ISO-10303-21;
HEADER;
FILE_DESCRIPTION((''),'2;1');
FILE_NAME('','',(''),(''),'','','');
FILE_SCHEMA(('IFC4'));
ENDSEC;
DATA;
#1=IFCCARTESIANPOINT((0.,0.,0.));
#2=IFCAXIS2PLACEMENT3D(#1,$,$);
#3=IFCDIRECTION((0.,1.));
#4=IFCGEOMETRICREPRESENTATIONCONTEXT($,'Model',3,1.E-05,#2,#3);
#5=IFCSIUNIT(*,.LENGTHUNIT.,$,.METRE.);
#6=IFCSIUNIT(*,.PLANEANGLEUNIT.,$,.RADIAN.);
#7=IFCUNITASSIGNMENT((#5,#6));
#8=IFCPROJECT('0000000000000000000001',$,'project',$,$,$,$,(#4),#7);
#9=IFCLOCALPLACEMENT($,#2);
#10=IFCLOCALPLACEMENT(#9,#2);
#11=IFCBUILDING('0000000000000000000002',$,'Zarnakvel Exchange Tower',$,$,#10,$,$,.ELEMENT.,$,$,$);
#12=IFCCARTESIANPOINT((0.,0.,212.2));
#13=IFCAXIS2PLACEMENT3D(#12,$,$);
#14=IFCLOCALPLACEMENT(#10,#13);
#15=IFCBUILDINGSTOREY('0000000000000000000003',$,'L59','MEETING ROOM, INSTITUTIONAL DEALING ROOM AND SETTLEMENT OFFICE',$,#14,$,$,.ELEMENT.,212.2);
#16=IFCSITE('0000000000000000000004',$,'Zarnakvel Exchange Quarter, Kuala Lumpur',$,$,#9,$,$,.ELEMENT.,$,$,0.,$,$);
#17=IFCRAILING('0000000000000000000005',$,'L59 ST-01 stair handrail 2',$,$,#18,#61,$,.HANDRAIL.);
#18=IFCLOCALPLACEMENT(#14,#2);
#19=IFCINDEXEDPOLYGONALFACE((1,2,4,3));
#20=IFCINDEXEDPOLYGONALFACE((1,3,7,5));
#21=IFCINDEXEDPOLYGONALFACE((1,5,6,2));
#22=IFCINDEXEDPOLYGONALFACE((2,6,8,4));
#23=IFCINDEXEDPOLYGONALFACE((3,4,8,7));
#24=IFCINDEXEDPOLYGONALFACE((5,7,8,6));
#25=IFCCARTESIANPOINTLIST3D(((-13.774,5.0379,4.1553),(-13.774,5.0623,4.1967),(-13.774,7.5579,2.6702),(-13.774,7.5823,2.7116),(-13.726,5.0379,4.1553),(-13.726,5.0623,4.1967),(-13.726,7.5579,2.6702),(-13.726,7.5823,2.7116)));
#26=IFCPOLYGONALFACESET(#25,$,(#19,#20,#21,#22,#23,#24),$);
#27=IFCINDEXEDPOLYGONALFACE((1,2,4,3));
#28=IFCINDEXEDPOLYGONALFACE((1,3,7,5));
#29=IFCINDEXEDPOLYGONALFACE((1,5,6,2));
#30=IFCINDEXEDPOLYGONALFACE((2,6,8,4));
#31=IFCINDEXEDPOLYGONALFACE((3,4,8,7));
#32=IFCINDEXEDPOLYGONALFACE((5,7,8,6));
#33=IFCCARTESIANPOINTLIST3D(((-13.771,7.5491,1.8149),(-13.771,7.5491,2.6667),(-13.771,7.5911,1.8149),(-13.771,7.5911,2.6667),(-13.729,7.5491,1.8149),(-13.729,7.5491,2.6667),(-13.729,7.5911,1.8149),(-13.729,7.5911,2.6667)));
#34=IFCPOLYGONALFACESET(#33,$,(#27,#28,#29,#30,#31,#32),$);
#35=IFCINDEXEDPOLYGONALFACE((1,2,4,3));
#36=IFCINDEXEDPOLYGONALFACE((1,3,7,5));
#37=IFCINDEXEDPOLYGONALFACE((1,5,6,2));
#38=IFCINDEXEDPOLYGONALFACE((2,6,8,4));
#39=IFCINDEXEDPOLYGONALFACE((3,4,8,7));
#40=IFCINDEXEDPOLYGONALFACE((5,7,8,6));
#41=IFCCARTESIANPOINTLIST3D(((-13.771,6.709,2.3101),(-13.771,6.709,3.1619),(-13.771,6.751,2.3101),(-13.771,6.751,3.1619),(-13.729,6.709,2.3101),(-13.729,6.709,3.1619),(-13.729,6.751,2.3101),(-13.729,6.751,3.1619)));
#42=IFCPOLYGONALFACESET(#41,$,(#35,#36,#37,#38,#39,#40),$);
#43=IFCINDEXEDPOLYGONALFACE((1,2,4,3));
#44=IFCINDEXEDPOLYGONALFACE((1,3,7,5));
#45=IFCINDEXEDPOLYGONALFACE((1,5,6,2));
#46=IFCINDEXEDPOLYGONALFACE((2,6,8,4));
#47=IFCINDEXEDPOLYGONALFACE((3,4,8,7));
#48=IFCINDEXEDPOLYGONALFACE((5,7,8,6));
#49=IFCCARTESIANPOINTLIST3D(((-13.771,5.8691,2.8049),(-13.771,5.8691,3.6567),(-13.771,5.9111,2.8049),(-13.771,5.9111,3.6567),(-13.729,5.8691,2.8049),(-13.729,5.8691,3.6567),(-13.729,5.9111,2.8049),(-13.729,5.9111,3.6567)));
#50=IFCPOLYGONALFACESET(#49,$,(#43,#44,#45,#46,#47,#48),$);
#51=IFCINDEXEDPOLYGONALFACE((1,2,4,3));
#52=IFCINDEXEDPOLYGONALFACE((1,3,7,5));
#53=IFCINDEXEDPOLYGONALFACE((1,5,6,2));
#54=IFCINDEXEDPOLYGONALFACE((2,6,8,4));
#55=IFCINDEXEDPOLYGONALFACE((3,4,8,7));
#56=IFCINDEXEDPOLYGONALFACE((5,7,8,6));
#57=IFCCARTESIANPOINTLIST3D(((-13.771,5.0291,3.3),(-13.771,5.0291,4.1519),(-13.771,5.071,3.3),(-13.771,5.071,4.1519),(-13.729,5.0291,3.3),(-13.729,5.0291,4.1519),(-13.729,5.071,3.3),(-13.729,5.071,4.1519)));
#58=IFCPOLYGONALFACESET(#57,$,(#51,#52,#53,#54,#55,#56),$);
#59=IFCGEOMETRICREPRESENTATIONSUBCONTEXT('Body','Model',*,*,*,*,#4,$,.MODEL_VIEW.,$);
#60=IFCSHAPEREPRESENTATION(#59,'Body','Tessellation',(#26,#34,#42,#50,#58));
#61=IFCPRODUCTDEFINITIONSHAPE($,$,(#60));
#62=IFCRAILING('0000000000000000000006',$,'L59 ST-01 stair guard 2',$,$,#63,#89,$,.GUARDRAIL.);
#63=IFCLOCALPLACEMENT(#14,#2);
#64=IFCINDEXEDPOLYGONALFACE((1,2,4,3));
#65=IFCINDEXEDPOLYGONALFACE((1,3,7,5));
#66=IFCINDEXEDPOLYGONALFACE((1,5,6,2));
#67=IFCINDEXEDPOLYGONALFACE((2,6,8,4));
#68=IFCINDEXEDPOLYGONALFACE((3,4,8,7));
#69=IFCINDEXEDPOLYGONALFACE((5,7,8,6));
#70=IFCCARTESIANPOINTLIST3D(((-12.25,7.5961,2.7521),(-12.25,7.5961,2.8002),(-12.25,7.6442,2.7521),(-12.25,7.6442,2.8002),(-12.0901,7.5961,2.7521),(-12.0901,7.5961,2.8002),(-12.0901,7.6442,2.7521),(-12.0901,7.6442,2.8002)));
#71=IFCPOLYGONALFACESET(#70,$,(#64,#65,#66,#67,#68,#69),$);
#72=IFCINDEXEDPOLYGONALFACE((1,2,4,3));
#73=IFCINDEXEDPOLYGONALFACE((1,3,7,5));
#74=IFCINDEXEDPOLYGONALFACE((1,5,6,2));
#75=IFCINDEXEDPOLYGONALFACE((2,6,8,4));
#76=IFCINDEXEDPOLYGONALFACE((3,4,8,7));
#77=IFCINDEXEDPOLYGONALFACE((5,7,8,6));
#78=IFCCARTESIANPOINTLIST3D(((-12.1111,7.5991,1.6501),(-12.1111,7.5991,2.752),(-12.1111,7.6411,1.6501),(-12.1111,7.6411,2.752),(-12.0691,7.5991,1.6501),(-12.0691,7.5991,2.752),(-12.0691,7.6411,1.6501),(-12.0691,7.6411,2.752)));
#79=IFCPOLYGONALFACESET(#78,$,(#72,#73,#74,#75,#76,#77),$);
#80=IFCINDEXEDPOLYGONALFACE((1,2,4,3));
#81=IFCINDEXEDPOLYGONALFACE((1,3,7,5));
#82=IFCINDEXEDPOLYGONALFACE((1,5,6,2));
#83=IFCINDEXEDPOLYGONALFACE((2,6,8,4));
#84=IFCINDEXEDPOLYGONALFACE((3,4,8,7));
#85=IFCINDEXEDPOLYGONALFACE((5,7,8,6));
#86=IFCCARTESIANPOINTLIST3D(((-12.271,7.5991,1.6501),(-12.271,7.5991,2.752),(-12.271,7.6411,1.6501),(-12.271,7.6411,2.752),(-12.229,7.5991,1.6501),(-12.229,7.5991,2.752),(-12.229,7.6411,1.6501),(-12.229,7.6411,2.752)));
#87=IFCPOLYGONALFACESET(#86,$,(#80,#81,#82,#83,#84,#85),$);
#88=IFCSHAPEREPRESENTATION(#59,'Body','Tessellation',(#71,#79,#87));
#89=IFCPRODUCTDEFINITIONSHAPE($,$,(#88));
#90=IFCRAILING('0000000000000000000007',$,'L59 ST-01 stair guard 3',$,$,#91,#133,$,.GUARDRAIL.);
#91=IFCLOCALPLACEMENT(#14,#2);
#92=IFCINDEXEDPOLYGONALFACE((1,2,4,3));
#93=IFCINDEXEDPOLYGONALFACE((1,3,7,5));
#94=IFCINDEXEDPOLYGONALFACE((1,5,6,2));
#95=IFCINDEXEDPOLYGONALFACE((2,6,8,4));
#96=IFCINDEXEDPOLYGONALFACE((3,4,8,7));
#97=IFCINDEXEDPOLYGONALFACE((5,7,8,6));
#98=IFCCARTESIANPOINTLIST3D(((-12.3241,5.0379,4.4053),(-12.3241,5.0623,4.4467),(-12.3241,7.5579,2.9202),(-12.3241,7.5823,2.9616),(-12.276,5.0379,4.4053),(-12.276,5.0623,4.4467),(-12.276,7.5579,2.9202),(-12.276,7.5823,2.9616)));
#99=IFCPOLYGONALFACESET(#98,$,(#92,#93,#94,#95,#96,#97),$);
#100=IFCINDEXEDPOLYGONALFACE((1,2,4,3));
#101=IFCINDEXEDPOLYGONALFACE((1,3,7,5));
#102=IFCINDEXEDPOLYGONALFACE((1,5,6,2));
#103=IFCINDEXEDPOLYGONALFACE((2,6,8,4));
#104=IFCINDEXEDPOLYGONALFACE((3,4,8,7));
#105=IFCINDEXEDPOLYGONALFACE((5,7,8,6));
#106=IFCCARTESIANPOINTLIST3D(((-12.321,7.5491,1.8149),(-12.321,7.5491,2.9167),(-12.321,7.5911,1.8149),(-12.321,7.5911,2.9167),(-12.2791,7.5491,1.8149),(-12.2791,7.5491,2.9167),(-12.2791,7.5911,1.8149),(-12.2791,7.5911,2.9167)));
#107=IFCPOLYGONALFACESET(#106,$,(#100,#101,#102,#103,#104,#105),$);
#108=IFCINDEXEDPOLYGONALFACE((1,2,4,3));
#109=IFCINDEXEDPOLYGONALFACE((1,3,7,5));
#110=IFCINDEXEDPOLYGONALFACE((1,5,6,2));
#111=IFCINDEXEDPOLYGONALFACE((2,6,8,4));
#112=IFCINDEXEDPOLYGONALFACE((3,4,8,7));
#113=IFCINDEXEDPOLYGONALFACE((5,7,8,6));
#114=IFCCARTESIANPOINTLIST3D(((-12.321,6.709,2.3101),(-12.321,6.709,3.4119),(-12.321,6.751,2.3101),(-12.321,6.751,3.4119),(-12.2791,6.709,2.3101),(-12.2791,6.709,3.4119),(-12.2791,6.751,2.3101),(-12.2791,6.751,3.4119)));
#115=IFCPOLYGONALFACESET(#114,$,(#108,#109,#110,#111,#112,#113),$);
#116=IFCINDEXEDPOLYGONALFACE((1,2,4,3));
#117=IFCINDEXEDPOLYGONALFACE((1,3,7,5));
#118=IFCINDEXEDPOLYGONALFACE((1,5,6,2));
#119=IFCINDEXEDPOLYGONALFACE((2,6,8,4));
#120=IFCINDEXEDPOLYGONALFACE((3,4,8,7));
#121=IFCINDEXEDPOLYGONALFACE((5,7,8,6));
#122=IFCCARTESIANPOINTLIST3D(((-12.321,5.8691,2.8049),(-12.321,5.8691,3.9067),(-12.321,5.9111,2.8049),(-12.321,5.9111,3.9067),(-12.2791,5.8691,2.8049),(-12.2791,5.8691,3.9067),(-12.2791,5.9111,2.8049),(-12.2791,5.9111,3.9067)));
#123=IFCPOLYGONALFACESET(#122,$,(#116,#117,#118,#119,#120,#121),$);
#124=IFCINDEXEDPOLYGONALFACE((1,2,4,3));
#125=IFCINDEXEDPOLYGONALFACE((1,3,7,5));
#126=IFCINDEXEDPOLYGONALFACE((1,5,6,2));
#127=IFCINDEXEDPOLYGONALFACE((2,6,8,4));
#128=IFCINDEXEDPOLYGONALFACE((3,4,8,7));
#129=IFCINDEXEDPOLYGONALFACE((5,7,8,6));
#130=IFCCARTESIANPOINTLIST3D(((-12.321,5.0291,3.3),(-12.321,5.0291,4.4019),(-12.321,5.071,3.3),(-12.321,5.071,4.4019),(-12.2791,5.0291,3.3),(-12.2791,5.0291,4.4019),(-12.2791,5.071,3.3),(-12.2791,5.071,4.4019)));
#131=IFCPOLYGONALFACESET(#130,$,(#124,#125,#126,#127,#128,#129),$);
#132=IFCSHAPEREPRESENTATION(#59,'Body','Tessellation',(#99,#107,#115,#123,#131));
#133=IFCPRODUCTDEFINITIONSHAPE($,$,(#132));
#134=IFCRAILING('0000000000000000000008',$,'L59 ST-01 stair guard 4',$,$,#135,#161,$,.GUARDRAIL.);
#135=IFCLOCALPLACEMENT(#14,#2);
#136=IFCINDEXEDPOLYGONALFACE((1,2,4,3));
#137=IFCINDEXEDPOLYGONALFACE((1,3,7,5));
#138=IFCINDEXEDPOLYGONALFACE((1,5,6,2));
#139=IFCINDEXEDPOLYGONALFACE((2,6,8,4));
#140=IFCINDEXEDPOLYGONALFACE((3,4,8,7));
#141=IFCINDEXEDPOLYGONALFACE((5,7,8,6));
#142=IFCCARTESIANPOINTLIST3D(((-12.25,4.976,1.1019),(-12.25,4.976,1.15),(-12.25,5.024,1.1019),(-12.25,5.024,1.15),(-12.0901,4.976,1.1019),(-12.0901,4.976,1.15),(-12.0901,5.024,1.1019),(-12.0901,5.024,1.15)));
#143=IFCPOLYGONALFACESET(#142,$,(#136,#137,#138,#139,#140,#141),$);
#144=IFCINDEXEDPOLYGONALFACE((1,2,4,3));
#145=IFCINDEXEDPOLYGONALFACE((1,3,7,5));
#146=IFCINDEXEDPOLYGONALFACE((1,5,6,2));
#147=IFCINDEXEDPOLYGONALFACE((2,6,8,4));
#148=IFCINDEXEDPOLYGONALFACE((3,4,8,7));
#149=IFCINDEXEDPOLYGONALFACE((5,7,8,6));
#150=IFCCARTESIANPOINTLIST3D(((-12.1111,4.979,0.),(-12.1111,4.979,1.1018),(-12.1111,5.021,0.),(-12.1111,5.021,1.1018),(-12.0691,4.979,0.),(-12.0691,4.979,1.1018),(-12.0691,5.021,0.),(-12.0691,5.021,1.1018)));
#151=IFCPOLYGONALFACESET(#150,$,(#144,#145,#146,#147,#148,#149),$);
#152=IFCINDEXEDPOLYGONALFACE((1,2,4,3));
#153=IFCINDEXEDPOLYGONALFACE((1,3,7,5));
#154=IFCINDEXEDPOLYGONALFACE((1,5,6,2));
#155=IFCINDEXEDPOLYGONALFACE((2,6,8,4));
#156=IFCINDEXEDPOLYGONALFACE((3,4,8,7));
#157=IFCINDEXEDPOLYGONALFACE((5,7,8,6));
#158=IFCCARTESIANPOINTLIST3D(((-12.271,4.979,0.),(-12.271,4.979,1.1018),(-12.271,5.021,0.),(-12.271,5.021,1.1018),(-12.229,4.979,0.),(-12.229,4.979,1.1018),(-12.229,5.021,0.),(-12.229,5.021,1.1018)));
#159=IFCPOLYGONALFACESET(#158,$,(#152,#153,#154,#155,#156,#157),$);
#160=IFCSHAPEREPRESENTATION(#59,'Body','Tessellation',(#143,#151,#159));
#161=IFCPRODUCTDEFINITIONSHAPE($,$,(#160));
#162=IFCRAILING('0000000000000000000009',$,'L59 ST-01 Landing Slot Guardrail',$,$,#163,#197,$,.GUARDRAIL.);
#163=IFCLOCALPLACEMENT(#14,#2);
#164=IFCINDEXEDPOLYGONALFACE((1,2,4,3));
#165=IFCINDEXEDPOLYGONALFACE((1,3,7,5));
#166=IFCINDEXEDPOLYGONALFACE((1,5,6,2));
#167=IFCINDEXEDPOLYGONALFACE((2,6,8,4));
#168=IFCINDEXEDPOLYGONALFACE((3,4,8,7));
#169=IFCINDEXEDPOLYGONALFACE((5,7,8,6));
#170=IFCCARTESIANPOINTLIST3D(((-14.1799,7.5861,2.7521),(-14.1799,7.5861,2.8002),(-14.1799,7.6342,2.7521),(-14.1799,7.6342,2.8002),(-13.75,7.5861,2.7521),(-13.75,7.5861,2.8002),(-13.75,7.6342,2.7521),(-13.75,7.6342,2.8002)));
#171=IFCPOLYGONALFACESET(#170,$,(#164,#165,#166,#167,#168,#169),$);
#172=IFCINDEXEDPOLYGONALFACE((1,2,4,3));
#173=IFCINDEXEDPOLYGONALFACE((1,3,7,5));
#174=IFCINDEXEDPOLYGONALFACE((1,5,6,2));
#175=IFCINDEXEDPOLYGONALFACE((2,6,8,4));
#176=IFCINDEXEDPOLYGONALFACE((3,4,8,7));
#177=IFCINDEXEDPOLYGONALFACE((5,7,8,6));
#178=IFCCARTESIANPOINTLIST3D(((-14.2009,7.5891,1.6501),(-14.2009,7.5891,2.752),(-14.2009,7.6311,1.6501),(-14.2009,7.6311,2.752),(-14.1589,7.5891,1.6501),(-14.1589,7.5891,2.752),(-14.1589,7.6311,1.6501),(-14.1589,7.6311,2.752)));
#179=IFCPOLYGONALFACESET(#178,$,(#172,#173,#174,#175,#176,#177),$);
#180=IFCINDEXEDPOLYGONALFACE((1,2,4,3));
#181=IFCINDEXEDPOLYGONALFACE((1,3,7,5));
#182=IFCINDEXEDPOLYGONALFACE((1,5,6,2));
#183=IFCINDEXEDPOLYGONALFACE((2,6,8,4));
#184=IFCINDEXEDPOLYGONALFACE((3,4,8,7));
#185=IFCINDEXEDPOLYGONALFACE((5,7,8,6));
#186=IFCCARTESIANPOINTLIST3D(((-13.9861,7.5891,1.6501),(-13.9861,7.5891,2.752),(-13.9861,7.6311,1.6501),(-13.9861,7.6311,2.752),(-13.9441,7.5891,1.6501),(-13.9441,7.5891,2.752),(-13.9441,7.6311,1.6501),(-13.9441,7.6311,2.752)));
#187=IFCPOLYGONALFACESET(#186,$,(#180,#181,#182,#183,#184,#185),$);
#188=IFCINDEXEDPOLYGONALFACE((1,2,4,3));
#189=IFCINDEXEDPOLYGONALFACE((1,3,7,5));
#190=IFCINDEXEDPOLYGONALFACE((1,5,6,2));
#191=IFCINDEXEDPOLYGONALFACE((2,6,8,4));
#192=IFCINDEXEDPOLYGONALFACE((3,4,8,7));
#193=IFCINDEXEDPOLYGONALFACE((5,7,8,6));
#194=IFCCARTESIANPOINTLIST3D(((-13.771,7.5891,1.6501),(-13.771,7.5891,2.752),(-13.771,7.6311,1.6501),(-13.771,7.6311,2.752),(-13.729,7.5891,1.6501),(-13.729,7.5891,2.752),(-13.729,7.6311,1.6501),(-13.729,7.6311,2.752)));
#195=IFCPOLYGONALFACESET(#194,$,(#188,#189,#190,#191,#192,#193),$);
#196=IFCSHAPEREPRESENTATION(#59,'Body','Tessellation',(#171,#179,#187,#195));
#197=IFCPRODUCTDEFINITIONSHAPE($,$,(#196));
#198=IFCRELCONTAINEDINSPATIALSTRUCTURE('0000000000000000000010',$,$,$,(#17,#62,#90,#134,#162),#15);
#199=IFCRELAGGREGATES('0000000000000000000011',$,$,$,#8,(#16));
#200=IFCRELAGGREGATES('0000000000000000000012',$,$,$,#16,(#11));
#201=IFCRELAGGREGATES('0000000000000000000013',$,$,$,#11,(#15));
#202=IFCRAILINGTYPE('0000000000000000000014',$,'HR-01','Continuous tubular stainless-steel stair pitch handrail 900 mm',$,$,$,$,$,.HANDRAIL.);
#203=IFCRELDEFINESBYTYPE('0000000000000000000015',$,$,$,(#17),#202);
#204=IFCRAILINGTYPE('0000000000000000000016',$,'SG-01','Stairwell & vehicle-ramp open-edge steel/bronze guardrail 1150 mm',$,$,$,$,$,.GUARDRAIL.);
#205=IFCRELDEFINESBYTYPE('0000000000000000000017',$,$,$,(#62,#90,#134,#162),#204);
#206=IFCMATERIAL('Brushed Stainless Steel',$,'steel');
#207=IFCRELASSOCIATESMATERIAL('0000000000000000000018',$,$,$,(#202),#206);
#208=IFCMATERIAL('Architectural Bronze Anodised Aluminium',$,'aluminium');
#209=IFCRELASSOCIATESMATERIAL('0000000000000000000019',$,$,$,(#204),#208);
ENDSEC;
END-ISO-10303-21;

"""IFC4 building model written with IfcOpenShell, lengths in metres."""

from ifc_helpers import new_model, si_unit, direction, frame, origin, origin_2d, place, context, subcontext, project, spatial, rectangle, extrude, material, type_object, element, save


model = new_model("IFC4")

# Units and contexts
model_context = context("Model", 3, precision=1e-05, world=origin(), true_north=direction((0.0, 1.0)))
body_context = subcontext(model_context, "Body", "Model", "MODEL_VIEW")
ifc_project = project(units=[si_unit("LENGTHUNIT", "METRE"), si_unit("PLANEANGLEUNIT", "RADIAN")], contexts=[model_context])

# Site, building, storey
site_placement = place(None, origin())
site = spatial("IfcSite", under=ifc_project, at=site_placement, Name="Zarnakvel Exchange Quarter, Kuala Lumpur", CompositionType="ELEMENT", RefElevation=0.0)
building_placement = place(site_placement, origin())
building = spatial("IfcBuilding", under=site, at=building_placement, Name="Zarnakvel Exchange Tower", CompositionType="ELEMENT")
storey_placement = place(building_placement, frame((0.0, 0.0, 212.2)))
storey = spatial("IfcBuildingStorey", under=building, at=storey_placement, Name="L59", Description="MEETING ROOM, INSTITUTIONAL DEALING ROOM AND SETTLEMENT OFFICE", CompositionType="ELEMENT", Elevation=212.2)

# Shared definitions
ifc_material_1 = material(Name="Architectural Bronze Anodised Aluminium", Category="aluminium")

# Railings
ifc_material_2 = material(Name="Brushed Stainless Steel", Category="steel")
railing_type_1 = type_object("IfcRailingType", Name="HR-01", Description="Continuous tubular stainless-steel stair pitch handrail 900 mm", PredefinedType="HANDRAIL", material=ifc_material_2)
railing_1_placement = place(storey_placement, frame((-13.75, 7.5701, 1.8149)))
element("IfcRailing", 1, at=railing_1_placement, inside=storey, type_object=railing_type_1, Name="L59 ST-01 stair handrail 2", PredefinedType="HANDRAIL", context=body_context, shape_type="SweptSolid", body=[
    extrude(rectangle(XDim=0.0481, YDim=0.0481, at=origin_2d()), frame((0.0, 0.0, 0.876), z_axis=(0.0, -0.861524, 0.507717), x_axis=(1.0, 0.0, 0.0)), (0.0, 0.0, 1.0), 2.925),
    extrude(rectangle(XDim=0.042, YDim=0.042, at=origin_2d()), origin(), (0.0, 0.0, 1.0), 0.8518),
    extrude(rectangle(XDim=0.042, YDim=0.042, at=origin_2d()), frame((0.0, -0.8401, 0.4951)), (0.0, 0.0, 1.0), 0.8518),
    extrude(rectangle(XDim=0.042, YDim=0.042, at=origin_2d()), frame((0.0, -1.6799, 0.99)), (0.0, 0.0, 1.0), 0.8518),
    extrude(rectangle(XDim=0.042, YDim=0.042, at=origin_2d()), frame((0.0, -2.52, 1.4851)), (0.0, 0.0, 1.0), 0.8518),
])
railing_type_2 = type_object("IfcRailingType", Name="SG-01", Description="Stairwell & vehicle-ramp open-edge steel/bronze guardrail 1150 mm", PredefinedType="GUARDRAIL", material=ifc_material_1)
railing_2_placement = place(storey_placement, frame((-12.0901, 7.6201, 1.6501)))
element("IfcRailing", 2, at=railing_2_placement, inside=storey, type_object=railing_type_2, Name="L59 ST-01 stair guard 2", PredefinedType="GUARDRAIL", context=body_context, shape_type="SweptSolid", body=[
    extrude(rectangle(XDim=0.0481, YDim=0.0481, at=origin_2d()), frame((0.0, 0.0, 1.126), z_axis=(-1.0, 0.0, 0.0), x_axis=(0.0, -1.0, 0.0)), (0.0, 0.0, 1.0), 0.1599),
    extrude(rectangle(XDim=0.042, YDim=0.042, at=origin_2d()), origin(), (0.0, 0.0, 1.0), 1.1018),
    extrude(rectangle(XDim=0.042, YDim=0.042, at=origin_2d()), frame((-0.1599, 0.0, 0.0)), (0.0, 0.0, 1.0), 1.1018),
])
railing_3_placement = place(storey_placement, frame((-12.3, 7.5701, 1.8149)))
element("IfcRailing", 3, at=railing_3_placement, inside=storey, type_object=railing_type_2, Name="L59 ST-01 stair guard 3", PredefinedType="GUARDRAIL", context=body_context, shape_type="SweptSolid", body=[
    extrude(rectangle(XDim=0.0481, YDim=0.0481, at=origin_2d()), frame((0.0, 0.0, 1.126), z_axis=(0.0, -0.861524, 0.507717), x_axis=(1.0, 0.0, 0.0)), (0.0, 0.0, 1.0), 2.925),
    extrude(rectangle(XDim=0.042, YDim=0.042, at=origin_2d()), origin(), (0.0, 0.0, 1.0), 1.1018),
    extrude(rectangle(XDim=0.042, YDim=0.042, at=origin_2d()), frame((0.0, -0.8401, 0.4951)), (0.0, 0.0, 1.0), 1.1018),
    extrude(rectangle(XDim=0.042, YDim=0.042, at=origin_2d()), frame((0.0, -1.6799, 0.99)), (0.0, 0.0, 1.0), 1.1018),
    extrude(rectangle(XDim=0.042, YDim=0.042, at=origin_2d()), frame((0.0, -2.52, 1.4851)), (0.0, 0.0, 1.0), 1.1018),
])
railing_4_placement = place(storey_placement, frame((-12.0901, 5.0, 0.0)))
element("IfcRailing", 4, at=railing_4_placement, inside=storey, type_object=railing_type_2, Name="L59 ST-01 stair guard 4", PredefinedType="GUARDRAIL", context=body_context, shape_type="SweptSolid", body=[
    extrude(rectangle(XDim=0.0481, YDim=0.0481, at=origin_2d()), frame((0.0, 0.0, 1.126), z_axis=(-1.0, 0.0, 0.0), x_axis=(0.0, -1.0, 0.0)), (0.0, 0.0, 1.0), 0.1599),
    extrude(rectangle(XDim=0.042, YDim=0.042, at=origin_2d()), origin(), (0.0, 0.0, 1.0), 1.1018),
    extrude(rectangle(XDim=0.042, YDim=0.042, at=origin_2d()), frame((-0.1599, 0.0, 0.0)), (0.0, 0.0, 1.0), 1.1018),
])
railing_5_placement = place(storey_placement, frame((-14.1799, 7.6101, 1.6501)))
element("IfcRailing", 5, at=railing_5_placement, inside=storey, type_object=railing_type_2, Name="L59 ST-01 Landing Slot Guardrail", PredefinedType="GUARDRAIL", context=body_context, shape_type="SweptSolid", body=[
    extrude(rectangle(XDim=0.0481, YDim=0.0481, at=origin_2d()), frame((0.0, 0.0, 1.126), z_axis=(1.0, 0.0, 0.0), x_axis=(0.0, 1.0, 0.0)), (0.0, 0.0, 1.0), 0.4299),
    extrude(rectangle(XDim=0.042, YDim=0.042, at=origin_2d()), origin(), (0.0, 0.0, 1.0), 1.1018),
    extrude(rectangle(XDim=0.042, YDim=0.042, at=origin_2d()), frame((0.2148, 0.0, 0.0)), (0.0, 0.0, 1.0), 1.1018),
    extrude(rectangle(XDim=0.042, YDim=0.042, at=origin_2d()), frame((0.4299, 0.0, 0.0)), (0.0, 0.0, 1.0), 1.1018),
])

save(model, "model.ifc")
